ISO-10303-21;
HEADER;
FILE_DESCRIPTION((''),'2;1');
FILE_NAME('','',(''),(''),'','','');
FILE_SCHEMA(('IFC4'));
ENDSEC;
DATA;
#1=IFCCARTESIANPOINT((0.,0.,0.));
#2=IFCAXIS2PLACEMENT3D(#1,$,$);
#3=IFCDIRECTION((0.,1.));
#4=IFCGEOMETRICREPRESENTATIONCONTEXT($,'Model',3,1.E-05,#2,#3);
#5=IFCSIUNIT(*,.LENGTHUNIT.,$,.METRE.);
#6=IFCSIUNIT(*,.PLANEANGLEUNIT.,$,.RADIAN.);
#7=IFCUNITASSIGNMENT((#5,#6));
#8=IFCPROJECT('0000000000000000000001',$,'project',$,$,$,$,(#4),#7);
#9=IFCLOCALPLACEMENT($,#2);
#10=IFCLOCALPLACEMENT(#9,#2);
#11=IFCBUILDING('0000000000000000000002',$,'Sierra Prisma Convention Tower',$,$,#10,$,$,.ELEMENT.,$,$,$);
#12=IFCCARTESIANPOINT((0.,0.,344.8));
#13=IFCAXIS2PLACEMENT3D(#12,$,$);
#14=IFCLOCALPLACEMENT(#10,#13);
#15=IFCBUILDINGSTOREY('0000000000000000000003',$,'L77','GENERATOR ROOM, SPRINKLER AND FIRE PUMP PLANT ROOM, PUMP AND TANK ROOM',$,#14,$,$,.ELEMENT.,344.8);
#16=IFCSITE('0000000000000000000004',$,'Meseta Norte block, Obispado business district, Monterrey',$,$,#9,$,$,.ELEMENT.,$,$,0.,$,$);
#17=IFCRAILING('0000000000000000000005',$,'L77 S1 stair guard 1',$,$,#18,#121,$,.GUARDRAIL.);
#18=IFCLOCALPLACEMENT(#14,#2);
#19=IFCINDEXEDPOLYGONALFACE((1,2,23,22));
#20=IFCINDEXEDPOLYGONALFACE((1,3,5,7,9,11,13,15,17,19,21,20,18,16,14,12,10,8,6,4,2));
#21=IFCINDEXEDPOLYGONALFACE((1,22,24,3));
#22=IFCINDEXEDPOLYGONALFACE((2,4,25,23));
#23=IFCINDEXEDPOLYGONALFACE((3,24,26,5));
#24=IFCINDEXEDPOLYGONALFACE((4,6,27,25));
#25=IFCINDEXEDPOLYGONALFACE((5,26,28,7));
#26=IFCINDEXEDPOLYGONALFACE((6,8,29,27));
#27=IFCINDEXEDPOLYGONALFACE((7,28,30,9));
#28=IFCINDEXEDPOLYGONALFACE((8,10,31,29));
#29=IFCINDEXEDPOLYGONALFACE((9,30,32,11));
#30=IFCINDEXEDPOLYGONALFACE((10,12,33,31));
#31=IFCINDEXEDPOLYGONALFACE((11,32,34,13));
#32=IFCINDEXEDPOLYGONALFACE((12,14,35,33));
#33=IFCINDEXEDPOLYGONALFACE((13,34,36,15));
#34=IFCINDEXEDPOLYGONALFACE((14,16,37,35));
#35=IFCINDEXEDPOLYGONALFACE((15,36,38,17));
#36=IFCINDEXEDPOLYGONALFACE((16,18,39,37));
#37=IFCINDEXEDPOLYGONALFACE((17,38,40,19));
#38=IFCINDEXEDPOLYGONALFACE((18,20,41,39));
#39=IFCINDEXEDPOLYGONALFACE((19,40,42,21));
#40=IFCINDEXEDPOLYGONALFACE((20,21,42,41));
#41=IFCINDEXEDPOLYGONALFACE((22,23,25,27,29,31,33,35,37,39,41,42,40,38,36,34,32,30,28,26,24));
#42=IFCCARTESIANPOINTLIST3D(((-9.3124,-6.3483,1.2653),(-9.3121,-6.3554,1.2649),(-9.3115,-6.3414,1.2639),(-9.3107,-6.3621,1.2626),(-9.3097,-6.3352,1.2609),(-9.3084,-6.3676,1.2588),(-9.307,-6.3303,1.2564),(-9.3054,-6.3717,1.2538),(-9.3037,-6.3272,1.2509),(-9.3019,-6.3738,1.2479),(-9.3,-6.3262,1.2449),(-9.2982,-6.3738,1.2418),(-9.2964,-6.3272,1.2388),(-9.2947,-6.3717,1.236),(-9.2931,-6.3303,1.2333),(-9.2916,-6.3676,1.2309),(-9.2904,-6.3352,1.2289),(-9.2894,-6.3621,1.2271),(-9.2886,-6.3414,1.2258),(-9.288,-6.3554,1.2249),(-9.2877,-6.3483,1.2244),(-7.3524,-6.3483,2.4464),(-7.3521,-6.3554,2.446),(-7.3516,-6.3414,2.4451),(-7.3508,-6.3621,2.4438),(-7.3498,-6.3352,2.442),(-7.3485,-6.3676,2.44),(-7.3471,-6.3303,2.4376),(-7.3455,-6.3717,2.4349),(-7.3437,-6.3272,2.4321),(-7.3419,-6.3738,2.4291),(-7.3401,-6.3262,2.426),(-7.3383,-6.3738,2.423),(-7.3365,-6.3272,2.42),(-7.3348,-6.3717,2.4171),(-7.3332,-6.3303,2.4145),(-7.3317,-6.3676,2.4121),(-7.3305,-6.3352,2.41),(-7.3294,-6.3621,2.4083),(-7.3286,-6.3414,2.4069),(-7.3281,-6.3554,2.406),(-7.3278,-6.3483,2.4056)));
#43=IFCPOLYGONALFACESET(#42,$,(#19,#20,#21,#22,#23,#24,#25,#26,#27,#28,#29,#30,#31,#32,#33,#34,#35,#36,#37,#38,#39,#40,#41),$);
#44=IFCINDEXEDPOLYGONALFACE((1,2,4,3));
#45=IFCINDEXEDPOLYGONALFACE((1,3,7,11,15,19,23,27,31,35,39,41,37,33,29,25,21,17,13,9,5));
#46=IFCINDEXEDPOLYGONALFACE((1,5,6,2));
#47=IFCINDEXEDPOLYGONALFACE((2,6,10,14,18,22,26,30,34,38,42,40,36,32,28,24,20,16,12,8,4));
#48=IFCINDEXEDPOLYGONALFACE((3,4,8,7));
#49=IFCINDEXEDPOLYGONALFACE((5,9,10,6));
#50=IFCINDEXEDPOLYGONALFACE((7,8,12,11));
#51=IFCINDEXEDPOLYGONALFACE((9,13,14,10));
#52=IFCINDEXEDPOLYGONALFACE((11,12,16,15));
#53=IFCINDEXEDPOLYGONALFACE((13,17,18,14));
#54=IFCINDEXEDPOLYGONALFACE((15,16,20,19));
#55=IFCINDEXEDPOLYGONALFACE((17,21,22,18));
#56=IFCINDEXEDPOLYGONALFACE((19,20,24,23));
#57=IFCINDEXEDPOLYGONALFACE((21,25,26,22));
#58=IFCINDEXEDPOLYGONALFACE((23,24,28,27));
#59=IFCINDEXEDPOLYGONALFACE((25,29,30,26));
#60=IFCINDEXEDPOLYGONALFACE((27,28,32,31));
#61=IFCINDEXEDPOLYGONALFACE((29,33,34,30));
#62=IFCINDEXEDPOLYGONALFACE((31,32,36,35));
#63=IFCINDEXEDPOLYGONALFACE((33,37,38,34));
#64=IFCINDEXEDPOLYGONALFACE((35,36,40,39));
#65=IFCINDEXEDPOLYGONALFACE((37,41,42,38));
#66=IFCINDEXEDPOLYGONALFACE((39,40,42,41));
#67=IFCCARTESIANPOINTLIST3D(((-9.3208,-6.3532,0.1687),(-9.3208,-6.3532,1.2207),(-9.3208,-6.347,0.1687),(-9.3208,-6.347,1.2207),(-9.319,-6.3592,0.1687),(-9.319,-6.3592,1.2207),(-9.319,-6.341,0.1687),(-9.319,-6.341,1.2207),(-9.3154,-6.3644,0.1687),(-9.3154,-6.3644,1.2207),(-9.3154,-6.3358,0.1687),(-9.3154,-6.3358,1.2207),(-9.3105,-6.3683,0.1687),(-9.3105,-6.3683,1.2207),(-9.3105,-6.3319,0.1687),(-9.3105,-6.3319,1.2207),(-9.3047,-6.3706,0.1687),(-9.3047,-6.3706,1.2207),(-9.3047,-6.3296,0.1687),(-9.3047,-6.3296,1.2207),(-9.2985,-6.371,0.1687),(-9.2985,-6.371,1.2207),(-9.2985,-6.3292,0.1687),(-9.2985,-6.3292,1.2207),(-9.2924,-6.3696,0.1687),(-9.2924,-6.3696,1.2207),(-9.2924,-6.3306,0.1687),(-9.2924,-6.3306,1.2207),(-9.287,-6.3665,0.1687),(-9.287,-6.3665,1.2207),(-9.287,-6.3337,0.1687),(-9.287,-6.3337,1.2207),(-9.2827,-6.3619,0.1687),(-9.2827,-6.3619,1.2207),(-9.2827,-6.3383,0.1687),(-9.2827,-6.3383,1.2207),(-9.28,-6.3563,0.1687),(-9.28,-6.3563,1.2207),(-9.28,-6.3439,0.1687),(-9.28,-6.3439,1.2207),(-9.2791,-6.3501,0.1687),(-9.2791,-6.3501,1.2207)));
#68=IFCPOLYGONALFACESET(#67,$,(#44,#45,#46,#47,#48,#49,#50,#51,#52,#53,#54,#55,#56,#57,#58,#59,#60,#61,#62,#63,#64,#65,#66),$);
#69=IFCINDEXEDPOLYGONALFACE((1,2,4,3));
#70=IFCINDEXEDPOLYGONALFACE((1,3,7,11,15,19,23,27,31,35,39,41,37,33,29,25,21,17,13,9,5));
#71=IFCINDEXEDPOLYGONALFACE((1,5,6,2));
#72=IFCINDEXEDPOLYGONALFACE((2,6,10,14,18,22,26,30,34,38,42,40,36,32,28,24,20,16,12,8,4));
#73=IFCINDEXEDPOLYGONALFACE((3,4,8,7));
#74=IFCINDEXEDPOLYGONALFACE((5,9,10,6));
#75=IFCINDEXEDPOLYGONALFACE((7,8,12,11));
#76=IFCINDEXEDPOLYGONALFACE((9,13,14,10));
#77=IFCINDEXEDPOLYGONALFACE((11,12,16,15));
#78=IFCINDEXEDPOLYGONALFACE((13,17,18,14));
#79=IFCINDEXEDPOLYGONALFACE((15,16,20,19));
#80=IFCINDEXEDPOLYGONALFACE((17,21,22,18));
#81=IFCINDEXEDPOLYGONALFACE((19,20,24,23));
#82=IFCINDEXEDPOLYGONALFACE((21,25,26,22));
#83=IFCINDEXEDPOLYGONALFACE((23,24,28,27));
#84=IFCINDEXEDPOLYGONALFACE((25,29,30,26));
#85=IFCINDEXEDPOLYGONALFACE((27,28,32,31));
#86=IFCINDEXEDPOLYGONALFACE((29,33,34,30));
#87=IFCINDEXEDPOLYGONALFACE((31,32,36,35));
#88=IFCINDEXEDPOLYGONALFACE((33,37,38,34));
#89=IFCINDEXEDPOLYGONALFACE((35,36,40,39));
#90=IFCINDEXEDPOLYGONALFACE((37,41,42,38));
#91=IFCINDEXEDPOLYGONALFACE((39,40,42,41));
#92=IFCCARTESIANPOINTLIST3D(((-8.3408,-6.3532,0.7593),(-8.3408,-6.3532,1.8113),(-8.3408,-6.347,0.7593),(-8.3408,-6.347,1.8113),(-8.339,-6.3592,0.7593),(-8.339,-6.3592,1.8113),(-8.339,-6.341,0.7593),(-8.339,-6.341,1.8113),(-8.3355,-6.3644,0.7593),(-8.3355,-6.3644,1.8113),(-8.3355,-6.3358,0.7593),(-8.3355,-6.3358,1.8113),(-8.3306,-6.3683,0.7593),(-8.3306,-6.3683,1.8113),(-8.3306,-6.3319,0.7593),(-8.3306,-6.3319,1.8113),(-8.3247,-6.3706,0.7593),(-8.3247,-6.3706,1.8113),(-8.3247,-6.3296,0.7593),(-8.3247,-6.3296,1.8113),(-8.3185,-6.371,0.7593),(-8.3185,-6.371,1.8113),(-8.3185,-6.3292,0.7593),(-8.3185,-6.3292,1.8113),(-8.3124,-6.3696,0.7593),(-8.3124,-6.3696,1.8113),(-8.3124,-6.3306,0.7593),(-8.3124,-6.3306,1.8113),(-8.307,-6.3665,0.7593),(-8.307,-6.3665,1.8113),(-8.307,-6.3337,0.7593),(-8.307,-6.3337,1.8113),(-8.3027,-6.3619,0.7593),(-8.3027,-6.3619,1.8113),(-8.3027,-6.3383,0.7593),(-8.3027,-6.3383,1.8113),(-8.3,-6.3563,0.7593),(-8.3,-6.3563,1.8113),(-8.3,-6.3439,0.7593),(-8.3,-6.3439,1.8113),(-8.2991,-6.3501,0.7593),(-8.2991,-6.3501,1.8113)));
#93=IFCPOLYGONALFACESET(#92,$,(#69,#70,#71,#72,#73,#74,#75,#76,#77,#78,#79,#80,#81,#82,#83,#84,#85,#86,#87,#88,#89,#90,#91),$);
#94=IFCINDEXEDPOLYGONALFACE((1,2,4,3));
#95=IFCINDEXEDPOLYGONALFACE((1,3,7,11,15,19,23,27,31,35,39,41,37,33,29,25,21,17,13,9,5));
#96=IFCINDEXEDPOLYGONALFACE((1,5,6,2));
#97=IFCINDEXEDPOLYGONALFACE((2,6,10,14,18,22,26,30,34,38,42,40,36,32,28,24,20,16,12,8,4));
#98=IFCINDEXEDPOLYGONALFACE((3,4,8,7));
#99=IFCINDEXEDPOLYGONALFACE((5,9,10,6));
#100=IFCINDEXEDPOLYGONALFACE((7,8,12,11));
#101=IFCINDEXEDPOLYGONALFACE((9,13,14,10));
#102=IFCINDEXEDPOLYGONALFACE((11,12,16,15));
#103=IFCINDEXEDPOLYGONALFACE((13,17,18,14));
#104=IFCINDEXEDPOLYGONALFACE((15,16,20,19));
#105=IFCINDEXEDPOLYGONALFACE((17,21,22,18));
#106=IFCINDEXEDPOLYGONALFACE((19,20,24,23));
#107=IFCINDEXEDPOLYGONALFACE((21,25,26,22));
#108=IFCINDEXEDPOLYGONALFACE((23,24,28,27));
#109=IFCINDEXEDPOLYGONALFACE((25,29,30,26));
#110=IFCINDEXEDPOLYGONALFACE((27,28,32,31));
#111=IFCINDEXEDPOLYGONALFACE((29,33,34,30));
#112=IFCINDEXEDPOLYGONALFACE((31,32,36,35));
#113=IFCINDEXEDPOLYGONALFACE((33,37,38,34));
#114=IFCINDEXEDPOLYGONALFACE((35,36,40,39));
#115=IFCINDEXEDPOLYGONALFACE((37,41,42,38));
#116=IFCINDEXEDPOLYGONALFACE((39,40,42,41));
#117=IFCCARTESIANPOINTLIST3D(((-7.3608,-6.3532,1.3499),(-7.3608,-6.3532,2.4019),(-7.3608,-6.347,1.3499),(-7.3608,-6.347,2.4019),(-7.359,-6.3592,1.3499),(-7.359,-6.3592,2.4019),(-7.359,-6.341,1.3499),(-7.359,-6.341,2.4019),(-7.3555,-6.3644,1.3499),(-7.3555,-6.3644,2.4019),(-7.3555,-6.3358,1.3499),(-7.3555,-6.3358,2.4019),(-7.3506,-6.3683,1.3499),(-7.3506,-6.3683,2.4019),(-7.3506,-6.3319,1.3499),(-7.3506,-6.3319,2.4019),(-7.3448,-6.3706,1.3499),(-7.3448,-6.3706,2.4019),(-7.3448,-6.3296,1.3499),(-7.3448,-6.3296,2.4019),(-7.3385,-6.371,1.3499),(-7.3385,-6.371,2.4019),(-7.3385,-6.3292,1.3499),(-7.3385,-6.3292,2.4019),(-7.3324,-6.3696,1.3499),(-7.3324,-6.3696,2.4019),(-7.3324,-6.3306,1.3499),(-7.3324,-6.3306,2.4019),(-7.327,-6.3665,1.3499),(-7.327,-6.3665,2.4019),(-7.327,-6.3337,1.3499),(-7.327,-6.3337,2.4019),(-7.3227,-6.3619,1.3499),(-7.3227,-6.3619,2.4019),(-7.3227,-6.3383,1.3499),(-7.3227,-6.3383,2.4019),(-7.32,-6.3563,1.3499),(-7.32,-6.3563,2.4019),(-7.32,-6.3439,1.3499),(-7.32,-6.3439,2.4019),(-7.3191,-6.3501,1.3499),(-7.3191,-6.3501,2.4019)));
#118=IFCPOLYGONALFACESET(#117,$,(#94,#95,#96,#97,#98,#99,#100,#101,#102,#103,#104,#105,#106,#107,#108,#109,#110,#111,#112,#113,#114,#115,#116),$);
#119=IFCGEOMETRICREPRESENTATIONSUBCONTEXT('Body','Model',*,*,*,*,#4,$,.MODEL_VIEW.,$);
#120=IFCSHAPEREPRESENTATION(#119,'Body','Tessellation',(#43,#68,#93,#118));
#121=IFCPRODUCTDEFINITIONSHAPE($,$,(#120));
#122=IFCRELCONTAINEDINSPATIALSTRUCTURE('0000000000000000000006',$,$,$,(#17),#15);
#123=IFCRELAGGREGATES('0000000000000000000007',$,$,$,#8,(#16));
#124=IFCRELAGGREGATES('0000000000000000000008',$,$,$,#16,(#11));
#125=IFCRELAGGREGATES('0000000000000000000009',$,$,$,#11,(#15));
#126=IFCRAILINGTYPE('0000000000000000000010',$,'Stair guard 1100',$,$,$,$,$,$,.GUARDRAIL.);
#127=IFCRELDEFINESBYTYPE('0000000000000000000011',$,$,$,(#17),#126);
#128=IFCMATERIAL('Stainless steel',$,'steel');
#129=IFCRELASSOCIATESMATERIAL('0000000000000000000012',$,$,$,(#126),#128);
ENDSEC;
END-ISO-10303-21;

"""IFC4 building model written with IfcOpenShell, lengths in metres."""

from ifc_helpers import new_model, si_unit, direction, frame, origin, origin_2d, place, context, subcontext, project, spatial, circle, extrude, material, type_object, element, save


model = new_model("IFC4")

# Units and contexts
model_context = context("Model", 3, precision=1e-05, world=origin(), true_north=direction((0.0, 1.0)))
body_context = subcontext(model_context, "Body", "Model", "MODEL_VIEW")
ifc_project = project(units=[si_unit("LENGTHUNIT", "METRE"), si_unit("PLANEANGLEUNIT", "RADIAN")], contexts=[model_context])

# Site, building, storey
site_placement = place(None, origin())
site = spatial("IfcSite", under=ifc_project, at=site_placement, Name="Meseta Norte block, Obispado business district, Monterrey", CompositionType="ELEMENT", RefElevation=0.0)
building_placement = place(site_placement, origin())
building = spatial("IfcBuilding", under=site, at=building_placement, Name="Sierra Prisma Convention Tower", CompositionType="ELEMENT")
storey_placement = place(building_placement, frame((0.0, 0.0, 344.8)))
storey = spatial("IfcBuildingStorey", under=building, at=storey_placement, Name="L77", Description="GENERATOR ROOM, SPRINKLER AND FIRE PUMP PLANT ROOM, PUMP AND TANK ROOM", CompositionType="ELEMENT", Elevation=344.8)

# Railing
ifc_material_1 = material(Name="Stainless steel", Category="steel")
railing_type = type_object("IfcRailingType", Name="Stair guard 1100", PredefinedType="GUARDRAIL", material=ifc_material_1)
railing_1_placement = place(storey_placement, frame((-9.3, -6.3501, 0.1687)))
element("IfcRailing", 1, at=railing_1_placement, inside=storey, type_object=railing_type, Name="L77 S1 stair guard 1", PredefinedType="GUARDRAIL", context=body_context, shape_type="SweptSolid", body=[
    extrude(circle(Radius=0.0239, at=origin_2d()), frame((0.0, 0.0, 1.0762), z_axis=(0.856493, 0.0, 0.516158), x_axis=(0.0, 1.0, 0.0)), (0.0, 0.0, 1.0), 2.2883),
    extrude(circle(Radius=0.021, at=origin_2d()), origin(), (0.0, 0.0, 1.0), 1.052),
    extrude(circle(Radius=0.021, at=origin_2d()), frame((0.98, 0.0, 0.5906)), (0.0, 0.0, 1.0), 1.052),
    extrude(circle(Radius=0.021, at=origin_2d()), frame((1.96, 0.0, 1.1812)), (0.0, 0.0, 1.0), 1.052),
])

save(model, "model.ifc")
